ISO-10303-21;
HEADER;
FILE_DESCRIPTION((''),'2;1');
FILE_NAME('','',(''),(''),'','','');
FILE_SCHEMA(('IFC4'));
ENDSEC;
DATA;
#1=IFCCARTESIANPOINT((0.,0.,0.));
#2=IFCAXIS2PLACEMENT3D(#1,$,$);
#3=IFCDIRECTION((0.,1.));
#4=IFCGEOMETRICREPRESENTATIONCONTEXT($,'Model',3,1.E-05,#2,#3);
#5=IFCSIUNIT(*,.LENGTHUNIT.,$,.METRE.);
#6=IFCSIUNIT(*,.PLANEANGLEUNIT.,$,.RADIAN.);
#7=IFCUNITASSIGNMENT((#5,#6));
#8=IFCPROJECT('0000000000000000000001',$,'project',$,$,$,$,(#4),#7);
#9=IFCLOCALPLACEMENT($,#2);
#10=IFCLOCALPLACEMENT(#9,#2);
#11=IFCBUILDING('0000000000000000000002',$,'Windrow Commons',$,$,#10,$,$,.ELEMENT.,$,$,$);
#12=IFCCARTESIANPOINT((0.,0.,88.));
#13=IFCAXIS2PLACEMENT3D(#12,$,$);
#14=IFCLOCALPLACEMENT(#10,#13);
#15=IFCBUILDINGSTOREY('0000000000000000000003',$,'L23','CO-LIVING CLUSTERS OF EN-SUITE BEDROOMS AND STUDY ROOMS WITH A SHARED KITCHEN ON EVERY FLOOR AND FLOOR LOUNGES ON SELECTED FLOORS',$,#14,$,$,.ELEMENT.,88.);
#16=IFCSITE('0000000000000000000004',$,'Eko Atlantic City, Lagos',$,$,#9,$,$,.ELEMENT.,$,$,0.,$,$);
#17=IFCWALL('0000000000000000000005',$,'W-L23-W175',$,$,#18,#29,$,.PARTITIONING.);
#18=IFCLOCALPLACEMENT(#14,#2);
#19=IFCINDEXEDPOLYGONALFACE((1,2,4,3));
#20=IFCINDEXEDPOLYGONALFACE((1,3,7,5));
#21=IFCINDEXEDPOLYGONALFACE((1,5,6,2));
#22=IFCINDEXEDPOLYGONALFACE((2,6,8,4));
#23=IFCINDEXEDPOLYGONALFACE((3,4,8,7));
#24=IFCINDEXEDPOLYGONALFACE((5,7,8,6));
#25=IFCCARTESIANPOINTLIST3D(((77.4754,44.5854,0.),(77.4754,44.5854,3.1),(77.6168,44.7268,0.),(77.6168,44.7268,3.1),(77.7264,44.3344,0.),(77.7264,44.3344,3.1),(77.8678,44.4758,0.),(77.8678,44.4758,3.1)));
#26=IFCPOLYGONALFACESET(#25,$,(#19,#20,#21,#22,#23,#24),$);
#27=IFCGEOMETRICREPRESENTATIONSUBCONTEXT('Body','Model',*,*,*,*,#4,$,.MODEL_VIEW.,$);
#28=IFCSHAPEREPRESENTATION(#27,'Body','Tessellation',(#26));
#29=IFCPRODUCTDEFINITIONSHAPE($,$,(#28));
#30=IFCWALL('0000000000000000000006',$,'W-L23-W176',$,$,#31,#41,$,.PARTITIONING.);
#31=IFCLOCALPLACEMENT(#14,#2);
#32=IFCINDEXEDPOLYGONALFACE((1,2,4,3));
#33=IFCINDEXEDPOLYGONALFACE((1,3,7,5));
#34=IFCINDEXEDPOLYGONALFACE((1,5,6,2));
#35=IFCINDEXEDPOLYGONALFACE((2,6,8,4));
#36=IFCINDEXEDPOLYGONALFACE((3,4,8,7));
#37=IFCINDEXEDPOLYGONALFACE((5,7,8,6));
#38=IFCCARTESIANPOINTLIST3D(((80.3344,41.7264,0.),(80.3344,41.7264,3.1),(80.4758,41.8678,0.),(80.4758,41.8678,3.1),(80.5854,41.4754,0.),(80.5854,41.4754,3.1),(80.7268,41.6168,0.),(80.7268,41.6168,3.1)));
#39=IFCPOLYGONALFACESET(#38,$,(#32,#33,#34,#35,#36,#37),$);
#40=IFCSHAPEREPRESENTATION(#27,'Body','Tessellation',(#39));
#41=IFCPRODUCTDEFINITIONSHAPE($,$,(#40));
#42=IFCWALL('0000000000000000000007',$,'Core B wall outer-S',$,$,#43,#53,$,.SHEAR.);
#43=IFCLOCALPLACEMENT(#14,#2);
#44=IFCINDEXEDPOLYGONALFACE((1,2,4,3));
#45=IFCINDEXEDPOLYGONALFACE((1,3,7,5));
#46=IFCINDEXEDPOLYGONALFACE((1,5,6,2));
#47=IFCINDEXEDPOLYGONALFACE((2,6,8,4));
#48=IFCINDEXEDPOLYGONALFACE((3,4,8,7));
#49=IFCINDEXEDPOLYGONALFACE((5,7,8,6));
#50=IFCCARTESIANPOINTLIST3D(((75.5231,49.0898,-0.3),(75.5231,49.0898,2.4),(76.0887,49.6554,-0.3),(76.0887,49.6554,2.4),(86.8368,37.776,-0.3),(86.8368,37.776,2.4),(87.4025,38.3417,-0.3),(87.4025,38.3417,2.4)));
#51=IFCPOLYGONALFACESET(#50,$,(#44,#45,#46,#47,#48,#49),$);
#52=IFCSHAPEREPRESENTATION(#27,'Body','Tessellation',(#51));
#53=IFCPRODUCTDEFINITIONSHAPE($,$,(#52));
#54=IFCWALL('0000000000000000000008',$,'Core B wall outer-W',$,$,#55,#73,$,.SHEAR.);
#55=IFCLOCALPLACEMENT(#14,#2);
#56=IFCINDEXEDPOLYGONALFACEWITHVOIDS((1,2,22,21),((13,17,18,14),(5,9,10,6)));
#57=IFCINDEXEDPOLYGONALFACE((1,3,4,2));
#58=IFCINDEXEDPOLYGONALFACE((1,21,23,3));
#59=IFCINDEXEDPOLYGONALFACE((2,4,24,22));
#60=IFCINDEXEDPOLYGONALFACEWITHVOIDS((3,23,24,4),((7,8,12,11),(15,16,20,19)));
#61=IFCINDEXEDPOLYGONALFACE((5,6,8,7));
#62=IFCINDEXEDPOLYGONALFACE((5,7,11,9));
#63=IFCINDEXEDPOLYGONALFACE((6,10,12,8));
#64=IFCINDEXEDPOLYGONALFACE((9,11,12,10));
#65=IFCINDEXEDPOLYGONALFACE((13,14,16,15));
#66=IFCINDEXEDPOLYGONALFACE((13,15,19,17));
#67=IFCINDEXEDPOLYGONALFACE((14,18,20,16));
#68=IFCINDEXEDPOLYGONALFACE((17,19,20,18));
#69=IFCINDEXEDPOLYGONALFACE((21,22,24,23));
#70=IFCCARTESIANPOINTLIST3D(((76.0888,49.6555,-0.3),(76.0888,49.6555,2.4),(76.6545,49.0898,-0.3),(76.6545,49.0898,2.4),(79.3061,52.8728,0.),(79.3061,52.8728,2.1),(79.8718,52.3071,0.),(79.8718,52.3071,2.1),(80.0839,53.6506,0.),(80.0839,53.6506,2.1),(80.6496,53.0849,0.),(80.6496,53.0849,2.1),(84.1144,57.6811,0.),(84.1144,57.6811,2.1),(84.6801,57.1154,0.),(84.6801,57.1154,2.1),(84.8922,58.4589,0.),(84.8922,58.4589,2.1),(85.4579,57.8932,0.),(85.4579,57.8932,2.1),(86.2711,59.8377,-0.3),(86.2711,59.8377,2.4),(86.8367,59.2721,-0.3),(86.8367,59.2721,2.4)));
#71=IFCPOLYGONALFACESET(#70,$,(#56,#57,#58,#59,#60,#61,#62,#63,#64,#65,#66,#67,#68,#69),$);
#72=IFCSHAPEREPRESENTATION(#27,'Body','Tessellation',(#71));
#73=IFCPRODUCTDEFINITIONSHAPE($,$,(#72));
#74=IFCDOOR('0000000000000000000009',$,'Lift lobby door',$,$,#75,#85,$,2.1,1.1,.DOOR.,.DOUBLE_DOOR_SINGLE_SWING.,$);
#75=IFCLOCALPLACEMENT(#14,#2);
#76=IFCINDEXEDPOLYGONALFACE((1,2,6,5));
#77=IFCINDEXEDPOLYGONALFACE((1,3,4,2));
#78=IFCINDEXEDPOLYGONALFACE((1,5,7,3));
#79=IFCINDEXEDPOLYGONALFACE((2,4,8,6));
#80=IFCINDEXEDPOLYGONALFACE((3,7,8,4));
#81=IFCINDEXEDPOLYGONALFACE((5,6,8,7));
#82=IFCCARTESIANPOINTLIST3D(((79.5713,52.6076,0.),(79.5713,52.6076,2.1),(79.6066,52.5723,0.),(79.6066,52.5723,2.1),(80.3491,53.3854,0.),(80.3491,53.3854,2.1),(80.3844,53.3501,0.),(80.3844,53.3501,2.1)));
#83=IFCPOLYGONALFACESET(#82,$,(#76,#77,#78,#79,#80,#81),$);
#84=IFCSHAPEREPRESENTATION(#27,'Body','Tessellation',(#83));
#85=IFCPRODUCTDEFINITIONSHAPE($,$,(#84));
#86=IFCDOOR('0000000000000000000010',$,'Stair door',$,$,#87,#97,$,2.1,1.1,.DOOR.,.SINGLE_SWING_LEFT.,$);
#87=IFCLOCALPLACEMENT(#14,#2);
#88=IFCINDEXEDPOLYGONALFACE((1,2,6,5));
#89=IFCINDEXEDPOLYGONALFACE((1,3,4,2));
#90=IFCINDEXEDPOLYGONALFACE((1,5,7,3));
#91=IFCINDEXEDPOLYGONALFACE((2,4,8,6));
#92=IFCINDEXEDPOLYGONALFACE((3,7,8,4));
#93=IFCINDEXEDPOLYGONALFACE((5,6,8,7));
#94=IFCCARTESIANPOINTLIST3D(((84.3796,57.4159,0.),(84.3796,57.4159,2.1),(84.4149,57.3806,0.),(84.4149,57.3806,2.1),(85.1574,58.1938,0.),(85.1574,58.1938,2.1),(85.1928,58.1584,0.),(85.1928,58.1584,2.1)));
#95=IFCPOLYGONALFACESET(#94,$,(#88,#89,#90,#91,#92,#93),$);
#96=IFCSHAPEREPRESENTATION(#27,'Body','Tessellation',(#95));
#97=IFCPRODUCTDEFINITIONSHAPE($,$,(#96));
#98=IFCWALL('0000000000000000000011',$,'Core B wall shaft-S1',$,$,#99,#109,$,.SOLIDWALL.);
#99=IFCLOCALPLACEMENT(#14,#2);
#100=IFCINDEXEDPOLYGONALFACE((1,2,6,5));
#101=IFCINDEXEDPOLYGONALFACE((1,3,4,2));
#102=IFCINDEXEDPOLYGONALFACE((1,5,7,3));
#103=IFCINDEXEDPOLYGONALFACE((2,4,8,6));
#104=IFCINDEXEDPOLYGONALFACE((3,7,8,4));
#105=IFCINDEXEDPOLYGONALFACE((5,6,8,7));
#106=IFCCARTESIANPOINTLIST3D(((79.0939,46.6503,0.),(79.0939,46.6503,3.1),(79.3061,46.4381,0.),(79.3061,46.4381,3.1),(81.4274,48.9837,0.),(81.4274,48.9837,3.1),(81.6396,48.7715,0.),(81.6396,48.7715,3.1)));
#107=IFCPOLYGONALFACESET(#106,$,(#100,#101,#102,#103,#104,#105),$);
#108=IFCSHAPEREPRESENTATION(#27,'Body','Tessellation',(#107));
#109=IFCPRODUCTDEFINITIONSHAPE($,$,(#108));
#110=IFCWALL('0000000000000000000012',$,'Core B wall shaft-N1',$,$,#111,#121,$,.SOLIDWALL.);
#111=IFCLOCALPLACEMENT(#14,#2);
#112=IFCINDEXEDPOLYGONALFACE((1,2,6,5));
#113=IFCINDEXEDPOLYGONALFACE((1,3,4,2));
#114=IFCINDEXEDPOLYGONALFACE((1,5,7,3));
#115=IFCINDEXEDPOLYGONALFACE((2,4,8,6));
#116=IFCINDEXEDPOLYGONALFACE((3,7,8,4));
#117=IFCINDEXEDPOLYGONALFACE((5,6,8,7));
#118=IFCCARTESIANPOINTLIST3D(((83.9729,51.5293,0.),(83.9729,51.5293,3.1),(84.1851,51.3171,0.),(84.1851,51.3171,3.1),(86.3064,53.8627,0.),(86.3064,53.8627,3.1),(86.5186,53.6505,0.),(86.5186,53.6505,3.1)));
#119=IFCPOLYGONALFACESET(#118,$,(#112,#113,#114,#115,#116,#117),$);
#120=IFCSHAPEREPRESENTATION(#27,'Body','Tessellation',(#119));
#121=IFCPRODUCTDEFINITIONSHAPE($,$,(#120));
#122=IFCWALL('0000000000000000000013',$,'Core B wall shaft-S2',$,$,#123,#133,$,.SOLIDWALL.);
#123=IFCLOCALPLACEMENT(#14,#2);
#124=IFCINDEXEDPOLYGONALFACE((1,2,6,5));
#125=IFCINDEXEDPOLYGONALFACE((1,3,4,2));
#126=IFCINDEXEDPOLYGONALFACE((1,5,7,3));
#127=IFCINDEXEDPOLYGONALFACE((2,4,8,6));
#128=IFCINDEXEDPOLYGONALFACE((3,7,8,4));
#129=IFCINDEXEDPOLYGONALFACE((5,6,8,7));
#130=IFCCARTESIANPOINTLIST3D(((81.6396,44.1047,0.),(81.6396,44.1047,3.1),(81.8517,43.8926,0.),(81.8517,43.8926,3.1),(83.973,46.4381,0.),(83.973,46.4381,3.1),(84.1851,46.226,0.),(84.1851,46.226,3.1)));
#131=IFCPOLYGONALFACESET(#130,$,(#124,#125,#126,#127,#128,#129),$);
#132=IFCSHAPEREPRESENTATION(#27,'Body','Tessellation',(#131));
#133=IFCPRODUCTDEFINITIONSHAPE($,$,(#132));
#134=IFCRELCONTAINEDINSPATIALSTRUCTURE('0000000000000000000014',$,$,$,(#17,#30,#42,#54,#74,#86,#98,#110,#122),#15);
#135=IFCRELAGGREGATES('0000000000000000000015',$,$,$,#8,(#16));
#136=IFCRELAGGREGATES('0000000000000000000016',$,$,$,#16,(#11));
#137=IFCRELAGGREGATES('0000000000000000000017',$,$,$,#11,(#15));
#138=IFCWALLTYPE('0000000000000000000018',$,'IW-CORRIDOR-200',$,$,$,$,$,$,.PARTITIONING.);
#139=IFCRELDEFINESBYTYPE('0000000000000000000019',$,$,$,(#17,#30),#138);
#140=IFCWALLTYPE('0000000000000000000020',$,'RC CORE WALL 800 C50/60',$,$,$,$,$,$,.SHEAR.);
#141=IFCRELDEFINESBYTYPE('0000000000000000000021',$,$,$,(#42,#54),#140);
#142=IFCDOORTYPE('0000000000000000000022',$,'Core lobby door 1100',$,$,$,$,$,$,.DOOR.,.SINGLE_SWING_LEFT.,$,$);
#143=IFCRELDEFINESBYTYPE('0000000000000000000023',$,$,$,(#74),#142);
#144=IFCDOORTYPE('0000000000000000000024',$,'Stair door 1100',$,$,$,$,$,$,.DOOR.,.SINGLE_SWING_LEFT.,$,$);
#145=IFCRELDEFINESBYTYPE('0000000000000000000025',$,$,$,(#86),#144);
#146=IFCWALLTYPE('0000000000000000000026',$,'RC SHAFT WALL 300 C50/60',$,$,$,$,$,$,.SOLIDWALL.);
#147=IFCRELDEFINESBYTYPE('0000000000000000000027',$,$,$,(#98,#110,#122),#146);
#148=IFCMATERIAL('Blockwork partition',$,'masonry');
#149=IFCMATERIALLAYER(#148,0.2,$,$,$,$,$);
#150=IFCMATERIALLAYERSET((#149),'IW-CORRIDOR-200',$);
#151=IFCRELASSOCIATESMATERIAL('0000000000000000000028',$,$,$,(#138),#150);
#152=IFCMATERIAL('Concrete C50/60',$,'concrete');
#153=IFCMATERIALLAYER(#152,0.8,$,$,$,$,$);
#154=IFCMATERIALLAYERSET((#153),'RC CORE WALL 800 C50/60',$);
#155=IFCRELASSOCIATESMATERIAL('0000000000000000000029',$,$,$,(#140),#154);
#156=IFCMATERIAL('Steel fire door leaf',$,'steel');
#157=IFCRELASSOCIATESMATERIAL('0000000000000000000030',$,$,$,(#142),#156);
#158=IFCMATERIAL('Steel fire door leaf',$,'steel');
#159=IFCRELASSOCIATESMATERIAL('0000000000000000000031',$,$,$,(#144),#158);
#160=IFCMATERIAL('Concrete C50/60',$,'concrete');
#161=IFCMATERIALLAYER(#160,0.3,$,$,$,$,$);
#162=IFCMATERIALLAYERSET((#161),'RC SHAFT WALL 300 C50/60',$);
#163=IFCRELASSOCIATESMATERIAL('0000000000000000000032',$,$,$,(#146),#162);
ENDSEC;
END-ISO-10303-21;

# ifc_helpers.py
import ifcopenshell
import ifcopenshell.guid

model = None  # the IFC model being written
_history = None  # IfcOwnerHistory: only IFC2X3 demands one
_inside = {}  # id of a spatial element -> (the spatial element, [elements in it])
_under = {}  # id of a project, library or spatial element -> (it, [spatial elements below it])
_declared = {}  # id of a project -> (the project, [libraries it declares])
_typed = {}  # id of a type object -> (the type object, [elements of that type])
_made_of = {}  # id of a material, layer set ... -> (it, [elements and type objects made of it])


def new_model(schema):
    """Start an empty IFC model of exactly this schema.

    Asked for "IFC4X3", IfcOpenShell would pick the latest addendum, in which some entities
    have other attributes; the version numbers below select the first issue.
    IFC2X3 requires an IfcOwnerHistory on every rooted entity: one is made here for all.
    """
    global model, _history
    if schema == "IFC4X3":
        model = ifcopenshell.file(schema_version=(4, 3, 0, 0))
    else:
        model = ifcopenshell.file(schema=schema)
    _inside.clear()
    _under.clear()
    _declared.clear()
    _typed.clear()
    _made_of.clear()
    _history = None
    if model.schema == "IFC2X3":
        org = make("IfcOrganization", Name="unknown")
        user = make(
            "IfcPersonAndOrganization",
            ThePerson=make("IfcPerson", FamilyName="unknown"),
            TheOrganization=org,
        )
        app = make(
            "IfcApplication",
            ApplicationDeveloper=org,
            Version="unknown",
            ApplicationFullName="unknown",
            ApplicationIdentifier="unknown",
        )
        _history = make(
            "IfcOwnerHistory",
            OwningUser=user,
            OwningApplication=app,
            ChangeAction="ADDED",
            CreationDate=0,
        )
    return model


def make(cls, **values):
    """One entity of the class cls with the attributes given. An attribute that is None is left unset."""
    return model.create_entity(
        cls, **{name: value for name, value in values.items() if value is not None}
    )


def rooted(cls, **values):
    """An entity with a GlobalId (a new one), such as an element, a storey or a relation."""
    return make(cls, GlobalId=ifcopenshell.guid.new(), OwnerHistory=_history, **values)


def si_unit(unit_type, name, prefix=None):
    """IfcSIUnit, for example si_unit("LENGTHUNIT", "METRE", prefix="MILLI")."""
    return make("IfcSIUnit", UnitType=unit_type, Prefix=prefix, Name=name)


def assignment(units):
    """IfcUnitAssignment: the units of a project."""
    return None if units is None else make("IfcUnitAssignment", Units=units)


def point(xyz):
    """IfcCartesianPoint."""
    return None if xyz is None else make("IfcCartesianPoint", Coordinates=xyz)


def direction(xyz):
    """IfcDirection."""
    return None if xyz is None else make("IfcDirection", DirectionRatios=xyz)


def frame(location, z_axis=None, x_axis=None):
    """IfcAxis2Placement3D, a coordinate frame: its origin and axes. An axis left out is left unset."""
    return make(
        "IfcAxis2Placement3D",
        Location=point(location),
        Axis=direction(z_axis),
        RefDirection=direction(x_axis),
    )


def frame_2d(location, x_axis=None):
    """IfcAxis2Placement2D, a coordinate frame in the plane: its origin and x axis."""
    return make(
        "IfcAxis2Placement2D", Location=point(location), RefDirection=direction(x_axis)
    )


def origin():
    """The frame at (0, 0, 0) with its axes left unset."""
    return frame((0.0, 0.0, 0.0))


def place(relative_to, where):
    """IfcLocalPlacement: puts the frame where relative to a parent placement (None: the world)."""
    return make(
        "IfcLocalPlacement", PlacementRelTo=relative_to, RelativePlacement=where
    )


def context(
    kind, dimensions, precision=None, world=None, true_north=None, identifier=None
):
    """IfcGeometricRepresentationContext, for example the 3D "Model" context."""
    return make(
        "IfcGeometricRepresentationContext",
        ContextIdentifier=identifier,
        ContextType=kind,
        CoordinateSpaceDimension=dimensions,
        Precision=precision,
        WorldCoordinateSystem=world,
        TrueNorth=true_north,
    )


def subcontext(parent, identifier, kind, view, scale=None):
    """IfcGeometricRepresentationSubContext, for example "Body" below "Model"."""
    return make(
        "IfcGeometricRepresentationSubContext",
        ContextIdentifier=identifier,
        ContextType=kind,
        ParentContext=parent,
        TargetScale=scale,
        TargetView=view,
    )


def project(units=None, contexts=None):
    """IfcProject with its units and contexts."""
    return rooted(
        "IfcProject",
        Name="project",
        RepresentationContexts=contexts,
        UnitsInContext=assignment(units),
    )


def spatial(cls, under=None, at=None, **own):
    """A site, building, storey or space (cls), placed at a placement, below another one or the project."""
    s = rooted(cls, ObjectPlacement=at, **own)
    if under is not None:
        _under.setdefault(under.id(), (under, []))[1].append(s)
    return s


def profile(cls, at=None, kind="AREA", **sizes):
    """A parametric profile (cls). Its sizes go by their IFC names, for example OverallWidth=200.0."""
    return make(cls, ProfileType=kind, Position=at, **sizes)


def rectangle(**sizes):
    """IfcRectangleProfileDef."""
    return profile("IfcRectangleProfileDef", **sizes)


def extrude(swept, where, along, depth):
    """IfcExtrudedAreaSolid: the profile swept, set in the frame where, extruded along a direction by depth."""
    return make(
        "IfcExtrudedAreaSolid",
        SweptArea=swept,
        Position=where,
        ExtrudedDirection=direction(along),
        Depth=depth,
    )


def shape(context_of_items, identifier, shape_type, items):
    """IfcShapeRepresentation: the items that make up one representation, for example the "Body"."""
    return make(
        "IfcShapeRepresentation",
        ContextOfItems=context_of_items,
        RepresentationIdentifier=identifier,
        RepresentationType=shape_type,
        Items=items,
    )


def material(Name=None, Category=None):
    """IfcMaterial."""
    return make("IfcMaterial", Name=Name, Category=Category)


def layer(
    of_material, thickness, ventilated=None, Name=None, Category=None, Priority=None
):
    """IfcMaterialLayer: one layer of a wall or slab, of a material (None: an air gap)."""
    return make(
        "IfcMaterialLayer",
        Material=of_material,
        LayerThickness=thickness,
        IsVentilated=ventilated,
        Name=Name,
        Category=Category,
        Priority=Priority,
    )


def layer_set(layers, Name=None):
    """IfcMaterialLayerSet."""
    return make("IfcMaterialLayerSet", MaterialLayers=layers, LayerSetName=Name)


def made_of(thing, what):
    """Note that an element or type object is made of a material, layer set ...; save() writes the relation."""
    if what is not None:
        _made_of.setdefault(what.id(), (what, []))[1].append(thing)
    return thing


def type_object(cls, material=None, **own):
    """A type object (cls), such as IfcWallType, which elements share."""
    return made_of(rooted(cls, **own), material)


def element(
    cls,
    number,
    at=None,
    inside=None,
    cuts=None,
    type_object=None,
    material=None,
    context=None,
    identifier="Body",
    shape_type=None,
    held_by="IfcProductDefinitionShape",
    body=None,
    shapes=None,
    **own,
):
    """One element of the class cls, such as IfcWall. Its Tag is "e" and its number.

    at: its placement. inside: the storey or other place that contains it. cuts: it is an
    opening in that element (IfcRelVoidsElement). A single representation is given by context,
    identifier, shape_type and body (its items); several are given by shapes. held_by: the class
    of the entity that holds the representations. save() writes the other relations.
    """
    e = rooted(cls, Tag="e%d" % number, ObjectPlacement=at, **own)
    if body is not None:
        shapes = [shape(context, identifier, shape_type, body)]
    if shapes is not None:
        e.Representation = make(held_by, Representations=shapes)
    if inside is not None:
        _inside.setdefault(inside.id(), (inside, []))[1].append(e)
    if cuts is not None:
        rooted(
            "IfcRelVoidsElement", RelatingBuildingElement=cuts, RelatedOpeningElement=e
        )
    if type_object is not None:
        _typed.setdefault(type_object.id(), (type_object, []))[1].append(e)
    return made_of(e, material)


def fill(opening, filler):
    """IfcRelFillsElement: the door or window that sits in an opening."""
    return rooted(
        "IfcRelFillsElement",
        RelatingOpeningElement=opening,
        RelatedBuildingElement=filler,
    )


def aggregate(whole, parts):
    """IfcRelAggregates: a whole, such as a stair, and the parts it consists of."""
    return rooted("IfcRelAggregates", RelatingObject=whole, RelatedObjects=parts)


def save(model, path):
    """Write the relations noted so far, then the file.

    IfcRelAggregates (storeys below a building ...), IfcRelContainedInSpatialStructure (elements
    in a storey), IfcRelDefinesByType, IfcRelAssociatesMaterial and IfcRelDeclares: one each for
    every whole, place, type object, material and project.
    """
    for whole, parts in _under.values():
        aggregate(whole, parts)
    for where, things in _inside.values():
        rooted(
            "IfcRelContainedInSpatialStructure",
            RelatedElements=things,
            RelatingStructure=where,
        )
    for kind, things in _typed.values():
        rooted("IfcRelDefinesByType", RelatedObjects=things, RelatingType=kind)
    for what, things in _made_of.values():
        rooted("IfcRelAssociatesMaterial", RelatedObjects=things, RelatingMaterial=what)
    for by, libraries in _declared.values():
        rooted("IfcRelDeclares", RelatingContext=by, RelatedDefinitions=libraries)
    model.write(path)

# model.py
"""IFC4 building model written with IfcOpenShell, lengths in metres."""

from ifc_helpers import new_model, si_unit, direction, frame, frame_2d, origin, place, context, subcontext, project, spatial, rectangle, extrude, material, layer, layer_set, type_object, element, fill, save


model = new_model("IFC4")

# Units and contexts
model_context = context("Model", 3, precision=1e-05, world=origin(), true_north=direction((0.0, 1.0)))
body_context = subcontext(model_context, "Body", "Model", "MODEL_VIEW")
ifc_project = project(units=[si_unit("LENGTHUNIT", "METRE"), si_unit("PLANEANGLEUNIT", "RADIAN")], contexts=[model_context])

# Site, building, storey
site_placement = place(None, origin())
site = spatial("IfcSite", under=ifc_project, at=site_placement, Name="Eko Atlantic City, Lagos", CompositionType="ELEMENT", RefElevation=0.0)
building_placement = place(site_placement, origin())
building = spatial("IfcBuilding", under=site, at=building_placement, Name="Windrow Commons", CompositionType="ELEMENT")
storey_placement = place(building_placement, frame((0.0, 0.0, 88.0)))
storey = spatial("IfcBuildingStorey", under=building, at=storey_placement, Name="L23", Description="CO-LIVING CLUSTERS OF EN-SUITE BEDROOMS AND STUDY ROOMS WITH A SHARED KITCHEN ON EVERY FLOOR AND FLOOR LOUNGES ON SELECTED FLOORS", CompositionType="ELEMENT", Elevation=88.0)

# Shared definitions
ifc_material_1 = material(Name="Blockwork partition", Category="masonry")
ifc_layer_1 = layer(ifc_material_1, 0.2)
ifc_layer_set_1 = layer_set([ifc_layer_1], Name="IW-CORRIDOR-200")
wall_type_1 = type_object("IfcWallType", Name="IW-CORRIDOR-200", PredefinedType="PARTITIONING", material=ifc_layer_set_1)

# Walls
for number, where, z_axis, x_axis, name in (
    (1, (77.5461, 44.6561, 0.0), (0.0, 0.0, 1.0), (0.707107, -0.707107, 0.0), "W-L23-W175"),
    (2, (80.4051, 41.7971, 0.0), (0.0, 0.0, 1.0), (0.707107, -0.707107, 0.0), "W-L23-W176"),
):
    element("IfcWall", number, at=place(storey_placement, frame(where, z_axis=z_axis, x_axis=x_axis)), inside=storey, type_object=wall_type_1, Name=name, PredefinedType="PARTITIONING", context=body_context, shape_type="SweptSolid", body=[
        extrude(rectangle(XDim=0.355, YDim=0.2, at=frame_2d((0.1775, 0.0))), origin(), (0.0, 0.0, 1.0), 3.1),
    ])
ifc_material_2 = material(Name="Concrete C50/60", Category="concrete")
ifc_layer_2 = layer(ifc_material_2, 0.8)
ifc_layer_set_2 = layer_set([ifc_layer_2], Name="RC CORE WALL 800 C50/60")
wall_type_2 = type_object("IfcWallType", Name="RC CORE WALL 800 C50/60", PredefinedType="SHEAR", material=ifc_layer_set_2)
wall_1_placement = place(storey_placement, frame((75.8059, 49.3726, -0.3), z_axis=(0.0, 0.0, 1.0), x_axis=(0.707107, -0.707107, 0.0)))
element("IfcWall", 3, at=wall_1_placement, inside=storey, type_object=wall_type_2, Name="Core B wall outer-S", PredefinedType="SHEAR", context=body_context, shape_type="SweptSolid", body=[
    extrude(rectangle(XDim=16.0, YDim=0.8, at=frame_2d((8.0, 0.0))), origin(), (0.0, 0.0, 1.0), 2.7),
])

# Wall, openings, doors
wall_2_placement = place(storey_placement, frame((76.3716, 49.3726, -0.3), z_axis=(0.0, 0.0, 1.0), x_axis=(0.707107, 0.707107, 0.0)))
wall_2 = element("IfcWall", 4, at=wall_2_placement, inside=storey, type_object=wall_type_2, Name="Core B wall outer-W", PredefinedType="SHEAR", context=body_context, shape_type="SweptSolid", body=[
    extrude(rectangle(XDim=14.3999, YDim=0.8, at=frame_2d((7.2, 0.0))), origin(), (0.0, 0.0, 1.0), 2.7),
])
opening_1_placement = place(wall_2_placement, frame((4.55, 0.0, 0.3)))
opening_1 = element("IfcOpeningElement", 5, at=opening_1_placement, cuts=wall_2, PredefinedType="OPENING", context=body_context, shape_type="SweptSolid", body=[
    extrude(rectangle(XDim=1.1, YDim=2.1, at=frame_2d((0.55, 1.05))), frame((0.0, 0.41, 0.0), z_axis=(0.0, -1.0, 0.0), x_axis=(1.0, 0.0, 0.0)), (0.0, 0.0, 1.0), 0.82),
])
opening_2_placement = place(wall_2_placement, frame((11.35, 0.0, 0.3)))
opening_2 = element("IfcOpeningElement", 6, at=opening_2_placement, cuts=wall_2, PredefinedType="OPENING", context=body_context, shape_type="SweptSolid", body=[
    extrude(rectangle(XDim=1.1, YDim=2.1, at=frame_2d((0.55, 1.05))), frame((0.0, 0.41, 0.0), z_axis=(0.0, -1.0, 0.0), x_axis=(1.0, 0.0, 0.0)), (0.0, 0.0, 1.0), 0.82),
])
ifc_material_3 = material(Name="Steel fire door leaf", Category="steel")
door_type_1 = type_object("IfcDoorType", Name="Core lobby door 1100", OperationType="SINGLE_SWING_LEFT", PredefinedType="DOOR", material=ifc_material_3)
door_1_placement = place(opening_1_placement, origin())
door_1 = element("IfcDoor", 7, at=door_1_placement, inside=storey, type_object=door_type_1, Name="Lift lobby door", OperationType="DOUBLE_DOOR_SINGLE_SWING", OverallHeight=2.1, OverallWidth=1.1, PredefinedType="DOOR", context=body_context, shape_type="SweptSolid", body=[
    extrude(rectangle(XDim=1.1, YDim=2.1, at=frame_2d((0.55, 1.05))), frame((0.0, 0.025, 0.0), z_axis=(0.0, -1.0, 0.0), x_axis=(1.0, 0.0, 0.0)), (0.0, 0.0, 1.0), 0.05),
])
fill(opening_1, door_1)
ifc_material_4 = material(Name="Steel fire door leaf", Category="steel")
door_type_2 = type_object("IfcDoorType", Name="Stair door 1100", OperationType="SINGLE_SWING_LEFT", PredefinedType="DOOR", material=ifc_material_4)
door_2_placement = place(opening_2_placement, origin())
door_2 = element("IfcDoor", 8, at=door_2_placement, inside=storey, type_object=door_type_2, Name="Stair door", OperationType="SINGLE_SWING_LEFT", OverallHeight=2.1, OverallWidth=1.1, PredefinedType="DOOR", context=body_context, shape_type="SweptSolid", body=[
    extrude(rectangle(XDim=1.1, YDim=2.1, at=frame_2d((0.55, 1.05))), frame((0.0, 0.025, 0.0), z_axis=(0.0, -1.0, 0.0), x_axis=(1.0, 0.0, 0.0)), (0.0, 0.0, 1.0), 0.05),
])
fill(opening_2, door_2)

# Walls
ifc_material_5 = material(Name="Concrete C50/60", Category="concrete")
ifc_layer_3 = layer(ifc_material_5, 0.3)
ifc_layer_set_3 = layer_set([ifc_layer_3], Name="RC SHAFT WALL 300 C50/60")
wall_type_3 = type_object("IfcWallType", Name="RC SHAFT WALL 300 C50/60", PredefinedType="SOLIDWALL", material=ifc_layer_set_3)
for number, where, z_axis, x_axis, name in (
    (9, (79.2, 46.5442, 0.0), (0.0, 0.0, 1.0), (0.707122, 0.707092, 0.0), "Core B wall shaft-S1"),
    (10, (84.079, 51.4232, 0.0), (0.0, 0.0, 1.0), (0.707122, 0.707092, 0.0), "Core B wall shaft-N1"),
):
    element("IfcWall", number, at=place(storey_placement, frame(where, z_axis=z_axis, x_axis=x_axis)), inside=storey, type_object=wall_type_3, Name=name, PredefinedType="SOLIDWALL", context=body_context, shape_type="SweptSolid", body=[
        extrude(rectangle(XDim=3.3, YDim=0.3, at=frame_2d((1.65, 0.0))), origin(), (0.0, 0.0, 1.0), 3.1),
    ])
wall_3_placement = place(storey_placement, frame((81.7456, 43.9986, 0.0), z_axis=(0.0, 0.0, 1.0), x_axis=(0.707107, 0.707107, 0.0)))
element("IfcWall", 11, at=wall_3_placement, inside=storey, type_object=wall_type_3, Name="Core B wall shaft-S2", PredefinedType="SOLIDWALL", context=body_context, shape_type="SweptSolid", body=[
    extrude(rectangle(XDim=3.2999, YDim=0.3, at=frame_2d((1.65, 0.0))), origin(), (0.0, 0.0, 1.0), 3.1),
])

save(model, "model.ifc")
